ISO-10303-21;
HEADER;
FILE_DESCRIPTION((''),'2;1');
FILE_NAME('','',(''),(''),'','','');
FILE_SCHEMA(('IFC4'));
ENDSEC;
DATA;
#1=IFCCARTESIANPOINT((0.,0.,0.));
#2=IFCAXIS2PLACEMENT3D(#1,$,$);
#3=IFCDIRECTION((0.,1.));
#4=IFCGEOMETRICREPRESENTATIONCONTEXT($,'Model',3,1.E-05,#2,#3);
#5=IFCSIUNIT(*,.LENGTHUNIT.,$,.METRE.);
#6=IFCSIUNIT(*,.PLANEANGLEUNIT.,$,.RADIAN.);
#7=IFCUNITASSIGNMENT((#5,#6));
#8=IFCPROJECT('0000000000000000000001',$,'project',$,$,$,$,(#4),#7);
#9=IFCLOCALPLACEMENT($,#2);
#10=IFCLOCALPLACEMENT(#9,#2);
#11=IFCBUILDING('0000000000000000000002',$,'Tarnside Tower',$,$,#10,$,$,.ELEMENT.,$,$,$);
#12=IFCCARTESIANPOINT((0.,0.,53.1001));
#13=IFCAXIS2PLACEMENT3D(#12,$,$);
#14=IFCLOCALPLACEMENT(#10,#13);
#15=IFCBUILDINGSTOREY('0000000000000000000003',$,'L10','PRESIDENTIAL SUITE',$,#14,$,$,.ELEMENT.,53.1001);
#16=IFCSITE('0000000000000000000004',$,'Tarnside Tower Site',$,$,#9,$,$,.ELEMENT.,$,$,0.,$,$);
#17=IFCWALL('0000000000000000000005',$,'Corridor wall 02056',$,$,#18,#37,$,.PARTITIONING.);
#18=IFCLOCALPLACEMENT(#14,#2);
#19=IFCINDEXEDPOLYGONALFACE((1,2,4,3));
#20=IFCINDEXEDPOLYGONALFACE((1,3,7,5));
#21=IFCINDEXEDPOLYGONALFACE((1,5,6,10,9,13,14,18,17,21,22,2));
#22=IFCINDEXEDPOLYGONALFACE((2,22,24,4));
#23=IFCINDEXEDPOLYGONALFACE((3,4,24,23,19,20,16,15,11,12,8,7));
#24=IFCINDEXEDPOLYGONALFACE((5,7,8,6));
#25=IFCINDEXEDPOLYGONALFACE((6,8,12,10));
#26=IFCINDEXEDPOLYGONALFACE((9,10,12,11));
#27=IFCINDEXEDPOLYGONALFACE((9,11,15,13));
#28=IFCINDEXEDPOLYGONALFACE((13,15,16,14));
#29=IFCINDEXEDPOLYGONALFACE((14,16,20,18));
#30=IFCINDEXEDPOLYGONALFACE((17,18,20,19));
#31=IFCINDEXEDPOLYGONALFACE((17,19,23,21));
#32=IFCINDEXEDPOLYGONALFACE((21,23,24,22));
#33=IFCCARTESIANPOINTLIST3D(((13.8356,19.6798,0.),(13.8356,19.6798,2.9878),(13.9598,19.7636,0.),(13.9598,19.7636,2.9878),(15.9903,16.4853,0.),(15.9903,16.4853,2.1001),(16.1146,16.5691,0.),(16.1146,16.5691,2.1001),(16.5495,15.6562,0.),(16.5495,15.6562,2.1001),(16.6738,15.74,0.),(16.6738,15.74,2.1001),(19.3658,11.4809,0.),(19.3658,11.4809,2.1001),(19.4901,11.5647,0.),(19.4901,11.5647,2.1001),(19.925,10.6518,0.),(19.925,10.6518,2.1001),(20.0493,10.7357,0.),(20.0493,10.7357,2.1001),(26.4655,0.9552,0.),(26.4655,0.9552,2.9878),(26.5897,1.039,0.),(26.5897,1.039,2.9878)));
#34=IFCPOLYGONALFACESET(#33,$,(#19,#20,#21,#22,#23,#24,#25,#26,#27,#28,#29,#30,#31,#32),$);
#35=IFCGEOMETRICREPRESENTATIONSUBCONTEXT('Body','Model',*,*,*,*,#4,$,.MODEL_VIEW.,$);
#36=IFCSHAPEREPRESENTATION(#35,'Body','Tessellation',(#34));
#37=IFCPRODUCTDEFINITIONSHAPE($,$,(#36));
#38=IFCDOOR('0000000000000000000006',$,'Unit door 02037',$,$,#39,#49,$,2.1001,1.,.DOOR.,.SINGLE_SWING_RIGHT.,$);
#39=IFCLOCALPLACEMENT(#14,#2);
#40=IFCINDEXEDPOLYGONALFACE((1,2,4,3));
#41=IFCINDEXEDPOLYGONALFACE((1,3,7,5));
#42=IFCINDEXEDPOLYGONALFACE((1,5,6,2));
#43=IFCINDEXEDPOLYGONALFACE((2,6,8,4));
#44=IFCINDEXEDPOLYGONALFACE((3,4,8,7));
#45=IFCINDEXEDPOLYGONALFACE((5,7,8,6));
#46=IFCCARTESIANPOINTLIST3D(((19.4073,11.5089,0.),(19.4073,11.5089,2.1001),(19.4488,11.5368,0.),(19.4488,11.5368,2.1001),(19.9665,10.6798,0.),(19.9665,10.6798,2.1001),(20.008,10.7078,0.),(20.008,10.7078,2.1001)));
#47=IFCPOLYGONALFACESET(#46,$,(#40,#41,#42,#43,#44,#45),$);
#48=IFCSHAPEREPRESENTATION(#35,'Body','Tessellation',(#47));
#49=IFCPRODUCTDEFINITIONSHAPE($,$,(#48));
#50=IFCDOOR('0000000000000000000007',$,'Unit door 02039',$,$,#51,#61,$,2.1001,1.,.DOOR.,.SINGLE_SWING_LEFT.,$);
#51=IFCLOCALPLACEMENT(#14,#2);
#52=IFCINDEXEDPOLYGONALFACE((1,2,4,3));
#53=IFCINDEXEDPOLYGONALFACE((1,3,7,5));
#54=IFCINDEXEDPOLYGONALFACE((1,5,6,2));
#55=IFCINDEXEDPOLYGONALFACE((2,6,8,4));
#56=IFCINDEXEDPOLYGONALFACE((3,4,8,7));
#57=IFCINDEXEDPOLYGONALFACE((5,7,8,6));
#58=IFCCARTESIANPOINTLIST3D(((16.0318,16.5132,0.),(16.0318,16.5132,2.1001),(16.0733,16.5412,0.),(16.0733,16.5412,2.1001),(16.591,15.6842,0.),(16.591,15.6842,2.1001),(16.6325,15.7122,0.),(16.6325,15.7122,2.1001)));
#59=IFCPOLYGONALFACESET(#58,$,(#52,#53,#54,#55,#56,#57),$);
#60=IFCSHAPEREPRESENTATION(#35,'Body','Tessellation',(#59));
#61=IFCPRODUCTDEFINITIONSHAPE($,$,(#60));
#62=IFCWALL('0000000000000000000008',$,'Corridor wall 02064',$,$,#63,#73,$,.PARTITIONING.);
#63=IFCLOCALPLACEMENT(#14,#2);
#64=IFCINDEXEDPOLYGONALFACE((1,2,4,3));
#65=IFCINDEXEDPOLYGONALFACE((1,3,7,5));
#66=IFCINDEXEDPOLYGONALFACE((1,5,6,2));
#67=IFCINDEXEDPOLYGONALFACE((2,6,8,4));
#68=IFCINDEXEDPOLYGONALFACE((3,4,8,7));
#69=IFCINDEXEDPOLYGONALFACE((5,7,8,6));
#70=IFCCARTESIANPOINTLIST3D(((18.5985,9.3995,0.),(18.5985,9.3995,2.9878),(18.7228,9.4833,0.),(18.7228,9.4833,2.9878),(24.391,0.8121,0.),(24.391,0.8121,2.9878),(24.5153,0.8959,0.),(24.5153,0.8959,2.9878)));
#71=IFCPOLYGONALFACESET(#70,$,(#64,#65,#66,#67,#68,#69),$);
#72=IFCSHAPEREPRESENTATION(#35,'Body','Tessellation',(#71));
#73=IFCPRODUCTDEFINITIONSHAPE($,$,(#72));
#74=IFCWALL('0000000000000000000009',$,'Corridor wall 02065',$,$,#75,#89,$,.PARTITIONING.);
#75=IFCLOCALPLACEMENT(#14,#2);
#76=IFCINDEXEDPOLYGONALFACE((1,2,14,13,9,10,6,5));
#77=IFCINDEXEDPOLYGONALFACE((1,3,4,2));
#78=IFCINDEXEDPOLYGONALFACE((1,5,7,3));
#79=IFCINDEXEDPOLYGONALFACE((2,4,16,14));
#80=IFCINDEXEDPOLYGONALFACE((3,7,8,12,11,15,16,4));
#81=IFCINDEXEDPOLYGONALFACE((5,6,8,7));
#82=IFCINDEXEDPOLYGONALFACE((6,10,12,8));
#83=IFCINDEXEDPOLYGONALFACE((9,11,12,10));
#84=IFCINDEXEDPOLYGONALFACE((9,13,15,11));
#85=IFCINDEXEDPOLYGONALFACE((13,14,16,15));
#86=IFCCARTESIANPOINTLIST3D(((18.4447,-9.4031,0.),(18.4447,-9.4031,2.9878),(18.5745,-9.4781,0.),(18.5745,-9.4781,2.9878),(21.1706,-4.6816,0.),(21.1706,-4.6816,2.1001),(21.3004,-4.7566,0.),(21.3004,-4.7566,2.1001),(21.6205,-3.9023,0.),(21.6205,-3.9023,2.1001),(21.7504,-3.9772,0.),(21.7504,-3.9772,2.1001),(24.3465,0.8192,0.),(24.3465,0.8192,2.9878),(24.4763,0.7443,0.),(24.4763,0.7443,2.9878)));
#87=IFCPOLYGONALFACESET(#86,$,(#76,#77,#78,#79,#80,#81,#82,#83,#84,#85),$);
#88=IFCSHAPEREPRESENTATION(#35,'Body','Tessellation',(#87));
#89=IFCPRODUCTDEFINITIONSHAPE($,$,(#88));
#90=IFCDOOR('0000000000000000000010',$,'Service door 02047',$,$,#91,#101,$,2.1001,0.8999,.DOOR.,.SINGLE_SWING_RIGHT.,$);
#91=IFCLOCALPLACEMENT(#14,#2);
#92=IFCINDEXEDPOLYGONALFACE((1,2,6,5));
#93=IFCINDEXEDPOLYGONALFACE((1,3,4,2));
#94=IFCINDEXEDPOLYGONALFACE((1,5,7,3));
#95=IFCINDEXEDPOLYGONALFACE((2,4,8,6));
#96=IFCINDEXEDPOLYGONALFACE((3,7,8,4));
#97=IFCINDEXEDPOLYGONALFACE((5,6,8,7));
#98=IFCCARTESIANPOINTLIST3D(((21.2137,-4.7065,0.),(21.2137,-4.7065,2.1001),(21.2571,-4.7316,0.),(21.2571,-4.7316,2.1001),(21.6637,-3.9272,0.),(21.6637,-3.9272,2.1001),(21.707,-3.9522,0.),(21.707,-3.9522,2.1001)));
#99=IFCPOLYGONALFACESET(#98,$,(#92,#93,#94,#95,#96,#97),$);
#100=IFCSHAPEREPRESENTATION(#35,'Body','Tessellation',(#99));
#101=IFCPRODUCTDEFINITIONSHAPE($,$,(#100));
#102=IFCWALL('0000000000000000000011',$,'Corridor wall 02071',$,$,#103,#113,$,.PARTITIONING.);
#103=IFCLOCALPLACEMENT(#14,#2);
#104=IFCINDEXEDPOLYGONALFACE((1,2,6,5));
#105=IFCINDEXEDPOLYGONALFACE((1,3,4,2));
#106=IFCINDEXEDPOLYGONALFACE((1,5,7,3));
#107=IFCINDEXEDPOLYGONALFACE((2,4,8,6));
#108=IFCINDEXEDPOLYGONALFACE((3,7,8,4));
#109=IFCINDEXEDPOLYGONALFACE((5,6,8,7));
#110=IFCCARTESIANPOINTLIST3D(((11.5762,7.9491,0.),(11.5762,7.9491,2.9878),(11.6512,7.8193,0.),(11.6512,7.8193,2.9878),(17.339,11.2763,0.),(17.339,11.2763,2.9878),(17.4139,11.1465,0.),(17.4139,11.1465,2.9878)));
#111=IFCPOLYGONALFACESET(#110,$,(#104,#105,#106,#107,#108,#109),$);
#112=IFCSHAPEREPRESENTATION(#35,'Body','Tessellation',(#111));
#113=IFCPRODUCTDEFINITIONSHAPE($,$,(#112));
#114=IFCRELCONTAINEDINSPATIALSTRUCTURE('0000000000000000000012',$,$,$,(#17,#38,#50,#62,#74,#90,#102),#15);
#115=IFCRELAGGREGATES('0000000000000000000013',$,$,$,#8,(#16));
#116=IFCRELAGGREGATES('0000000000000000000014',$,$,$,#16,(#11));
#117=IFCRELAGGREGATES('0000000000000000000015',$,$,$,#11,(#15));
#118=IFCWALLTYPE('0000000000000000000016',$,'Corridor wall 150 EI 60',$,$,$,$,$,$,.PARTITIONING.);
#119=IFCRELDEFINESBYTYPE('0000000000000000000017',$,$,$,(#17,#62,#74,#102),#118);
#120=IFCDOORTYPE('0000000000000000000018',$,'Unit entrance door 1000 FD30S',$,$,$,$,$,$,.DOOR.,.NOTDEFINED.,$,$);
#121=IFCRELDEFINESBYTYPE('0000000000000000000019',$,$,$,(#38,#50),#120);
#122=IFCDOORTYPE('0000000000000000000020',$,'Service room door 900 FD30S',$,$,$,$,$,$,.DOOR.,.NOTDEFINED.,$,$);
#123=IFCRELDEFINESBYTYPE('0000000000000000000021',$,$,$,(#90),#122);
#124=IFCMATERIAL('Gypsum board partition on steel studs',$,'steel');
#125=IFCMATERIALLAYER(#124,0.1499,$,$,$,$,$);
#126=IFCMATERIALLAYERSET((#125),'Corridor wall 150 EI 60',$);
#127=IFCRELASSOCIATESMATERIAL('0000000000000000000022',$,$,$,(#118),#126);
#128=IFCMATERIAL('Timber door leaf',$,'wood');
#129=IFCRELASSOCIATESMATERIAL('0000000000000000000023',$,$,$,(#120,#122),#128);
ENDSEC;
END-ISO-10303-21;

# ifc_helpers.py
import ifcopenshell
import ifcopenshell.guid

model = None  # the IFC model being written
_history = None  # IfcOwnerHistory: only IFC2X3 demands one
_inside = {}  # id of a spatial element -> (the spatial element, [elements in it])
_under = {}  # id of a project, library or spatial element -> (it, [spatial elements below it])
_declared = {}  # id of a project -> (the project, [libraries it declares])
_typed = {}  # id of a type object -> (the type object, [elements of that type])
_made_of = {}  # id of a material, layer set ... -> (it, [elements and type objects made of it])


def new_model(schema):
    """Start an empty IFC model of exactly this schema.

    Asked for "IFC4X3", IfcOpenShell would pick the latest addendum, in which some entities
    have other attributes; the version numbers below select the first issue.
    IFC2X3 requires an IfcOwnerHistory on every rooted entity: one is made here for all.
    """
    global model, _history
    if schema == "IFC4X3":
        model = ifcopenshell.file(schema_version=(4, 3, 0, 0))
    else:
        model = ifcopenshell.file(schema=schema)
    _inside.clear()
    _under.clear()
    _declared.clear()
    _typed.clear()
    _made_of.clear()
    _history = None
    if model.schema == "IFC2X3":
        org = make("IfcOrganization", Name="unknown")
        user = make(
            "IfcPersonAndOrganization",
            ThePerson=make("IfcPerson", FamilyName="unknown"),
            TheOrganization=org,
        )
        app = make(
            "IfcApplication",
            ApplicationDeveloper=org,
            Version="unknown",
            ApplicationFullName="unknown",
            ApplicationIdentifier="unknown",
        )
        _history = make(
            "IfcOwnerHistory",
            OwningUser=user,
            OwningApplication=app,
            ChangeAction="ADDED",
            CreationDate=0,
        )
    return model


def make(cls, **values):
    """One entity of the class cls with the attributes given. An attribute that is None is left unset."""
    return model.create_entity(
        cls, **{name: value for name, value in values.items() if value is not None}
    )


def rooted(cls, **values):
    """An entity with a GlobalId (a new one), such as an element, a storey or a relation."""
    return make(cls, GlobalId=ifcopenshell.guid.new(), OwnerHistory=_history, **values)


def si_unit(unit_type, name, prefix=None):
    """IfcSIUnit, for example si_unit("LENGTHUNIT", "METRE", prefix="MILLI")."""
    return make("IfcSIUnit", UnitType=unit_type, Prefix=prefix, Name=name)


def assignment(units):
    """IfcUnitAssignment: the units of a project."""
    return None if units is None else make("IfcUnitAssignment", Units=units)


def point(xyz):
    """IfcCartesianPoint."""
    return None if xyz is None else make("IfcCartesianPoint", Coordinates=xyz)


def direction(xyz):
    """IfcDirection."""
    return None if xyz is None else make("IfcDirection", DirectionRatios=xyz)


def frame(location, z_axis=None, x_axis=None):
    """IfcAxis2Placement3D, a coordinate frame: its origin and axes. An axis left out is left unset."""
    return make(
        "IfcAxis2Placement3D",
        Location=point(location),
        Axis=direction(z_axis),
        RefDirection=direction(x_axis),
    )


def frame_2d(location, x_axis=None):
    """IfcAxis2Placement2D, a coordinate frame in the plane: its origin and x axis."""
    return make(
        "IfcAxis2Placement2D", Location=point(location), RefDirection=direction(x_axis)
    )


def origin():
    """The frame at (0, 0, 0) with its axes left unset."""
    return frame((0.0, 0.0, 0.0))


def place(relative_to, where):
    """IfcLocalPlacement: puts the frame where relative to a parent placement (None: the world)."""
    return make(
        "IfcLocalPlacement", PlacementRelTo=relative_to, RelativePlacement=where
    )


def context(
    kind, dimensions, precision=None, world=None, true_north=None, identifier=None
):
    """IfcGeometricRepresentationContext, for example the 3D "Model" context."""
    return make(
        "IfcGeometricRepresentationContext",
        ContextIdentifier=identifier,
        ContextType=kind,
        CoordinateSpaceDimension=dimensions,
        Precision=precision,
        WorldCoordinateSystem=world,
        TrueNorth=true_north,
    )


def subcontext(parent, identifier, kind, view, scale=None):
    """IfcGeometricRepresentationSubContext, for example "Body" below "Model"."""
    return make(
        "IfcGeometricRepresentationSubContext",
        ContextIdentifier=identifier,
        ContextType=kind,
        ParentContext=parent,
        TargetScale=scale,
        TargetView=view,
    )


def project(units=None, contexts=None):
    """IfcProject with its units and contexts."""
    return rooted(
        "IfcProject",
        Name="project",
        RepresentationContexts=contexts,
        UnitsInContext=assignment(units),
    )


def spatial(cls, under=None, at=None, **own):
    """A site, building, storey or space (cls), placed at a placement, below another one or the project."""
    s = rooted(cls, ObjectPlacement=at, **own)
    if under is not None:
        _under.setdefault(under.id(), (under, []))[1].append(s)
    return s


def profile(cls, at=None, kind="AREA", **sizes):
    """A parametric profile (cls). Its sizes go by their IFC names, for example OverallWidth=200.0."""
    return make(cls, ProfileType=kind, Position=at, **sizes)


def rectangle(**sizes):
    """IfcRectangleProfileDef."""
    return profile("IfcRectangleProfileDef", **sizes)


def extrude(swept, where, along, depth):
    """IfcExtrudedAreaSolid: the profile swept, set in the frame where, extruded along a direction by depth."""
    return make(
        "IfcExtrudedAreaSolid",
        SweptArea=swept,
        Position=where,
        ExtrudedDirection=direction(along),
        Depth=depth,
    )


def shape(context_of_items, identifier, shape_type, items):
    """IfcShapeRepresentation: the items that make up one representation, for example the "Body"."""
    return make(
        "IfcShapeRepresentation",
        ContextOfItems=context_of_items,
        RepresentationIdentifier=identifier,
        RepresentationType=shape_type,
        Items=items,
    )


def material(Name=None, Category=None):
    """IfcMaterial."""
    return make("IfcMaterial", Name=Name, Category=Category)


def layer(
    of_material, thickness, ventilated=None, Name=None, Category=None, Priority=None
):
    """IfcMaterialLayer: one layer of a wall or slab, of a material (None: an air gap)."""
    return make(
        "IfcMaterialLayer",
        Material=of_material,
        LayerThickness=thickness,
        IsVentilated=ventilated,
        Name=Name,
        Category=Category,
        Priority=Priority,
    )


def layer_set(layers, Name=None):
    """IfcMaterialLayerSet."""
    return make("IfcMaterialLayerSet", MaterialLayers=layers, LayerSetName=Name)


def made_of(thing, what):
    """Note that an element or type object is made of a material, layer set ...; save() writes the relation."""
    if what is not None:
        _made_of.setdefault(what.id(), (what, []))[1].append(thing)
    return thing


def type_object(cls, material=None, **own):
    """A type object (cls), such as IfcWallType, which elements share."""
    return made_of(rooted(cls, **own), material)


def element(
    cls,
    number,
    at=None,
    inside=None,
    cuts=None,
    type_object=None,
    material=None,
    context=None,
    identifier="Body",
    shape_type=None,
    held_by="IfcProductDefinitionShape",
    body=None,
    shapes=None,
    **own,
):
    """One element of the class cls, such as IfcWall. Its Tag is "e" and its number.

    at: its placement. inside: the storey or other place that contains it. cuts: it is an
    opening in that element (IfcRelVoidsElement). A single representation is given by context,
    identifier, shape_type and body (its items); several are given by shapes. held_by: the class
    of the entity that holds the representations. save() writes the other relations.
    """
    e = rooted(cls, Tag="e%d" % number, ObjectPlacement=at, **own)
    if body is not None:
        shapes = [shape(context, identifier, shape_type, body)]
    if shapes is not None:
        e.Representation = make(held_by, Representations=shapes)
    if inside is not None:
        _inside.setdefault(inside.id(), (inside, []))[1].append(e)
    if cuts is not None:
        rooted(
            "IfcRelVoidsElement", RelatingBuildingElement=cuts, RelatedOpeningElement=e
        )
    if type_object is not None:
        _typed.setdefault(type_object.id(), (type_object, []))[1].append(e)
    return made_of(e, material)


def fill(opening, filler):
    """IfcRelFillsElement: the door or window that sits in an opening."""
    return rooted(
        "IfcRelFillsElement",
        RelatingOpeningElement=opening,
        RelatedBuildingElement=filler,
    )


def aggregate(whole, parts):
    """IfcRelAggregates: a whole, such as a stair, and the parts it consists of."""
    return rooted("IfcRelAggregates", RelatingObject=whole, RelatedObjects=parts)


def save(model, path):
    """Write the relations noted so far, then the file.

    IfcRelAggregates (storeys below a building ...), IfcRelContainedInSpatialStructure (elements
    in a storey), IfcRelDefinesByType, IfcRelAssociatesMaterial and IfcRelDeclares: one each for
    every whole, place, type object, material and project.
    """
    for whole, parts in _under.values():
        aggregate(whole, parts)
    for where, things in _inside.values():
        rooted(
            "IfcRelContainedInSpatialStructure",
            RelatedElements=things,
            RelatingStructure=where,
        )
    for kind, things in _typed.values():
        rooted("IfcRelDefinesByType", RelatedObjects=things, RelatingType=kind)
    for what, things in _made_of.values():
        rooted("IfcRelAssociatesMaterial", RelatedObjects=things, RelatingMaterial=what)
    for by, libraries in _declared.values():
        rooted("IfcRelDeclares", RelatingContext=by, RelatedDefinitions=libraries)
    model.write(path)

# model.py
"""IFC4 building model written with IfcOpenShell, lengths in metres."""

from ifc_helpers import new_model, si_unit, direction, frame, frame_2d, origin, place, context, subcontext, project, spatial, rectangle, extrude, material, layer, layer_set, type_object, element, fill, save


model = new_model("IFC4")

# Units and contexts
model_context = context("Model", 3, precision=1e-05, world=origin(), true_north=direction((0.0, 1.0)))
body_context = subcontext(model_context, "Body", "Model", "MODEL_VIEW")
ifc_project = project(units=[si_unit("LENGTHUNIT", "METRE"), si_unit("PLANEANGLEUNIT", "RADIAN")], contexts=[model_context])

# Site, building, storey
site_placement = place(None, origin())
site = spatial("IfcSite", under=ifc_project, at=site_placement, Name="Tarnside Tower Site", CompositionType="ELEMENT", RefElevation=0.0)
building_placement = place(site_placement, origin())
building = spatial("IfcBuilding", under=site, at=building_placement, Name="Tarnside Tower", CompositionType="ELEMENT")
storey_placement = place(building_placement, frame((0.0, 0.0, 53.1001)))
storey = spatial("IfcBuildingStorey", under=building, at=storey_placement, Name="L10", Description="PRESIDENTIAL SUITE", CompositionType="ELEMENT", Elevation=53.1001)

# Shared definitions
ifc_material_1 = material(Name="Gypsum board partition on steel studs", Category="steel")
ifc_material_2 = material(Name="Timber door leaf", Category="wood")

# Wall, openings, doors
ifc_layer_1 = layer(ifc_material_1, 0.1499)
ifc_layer_set_1 = layer_set([ifc_layer_1], Name="Corridor wall 150 EI 60")
wall_type_1 = type_object("IfcWallType", Name="Corridor wall 150 EI 60", PredefinedType="PARTITIONING", material=ifc_layer_set_1)
wall_1_placement = place(storey_placement, frame((26.5276, 0.9971, 0.0), z_axis=(0.0, 0.0, 1.0), x_axis=(-0.559192, 0.829038, 0.0)))
wall_1 = element("IfcWall", 1, at=wall_1_placement, inside=storey, type_object=wall_type_1, Name="Corridor wall 02056", PredefinedType="PARTITIONING", context=body_context, shape_type="SweptSolid", body=[
    extrude(rectangle(XDim=22.5859, YDim=0.1499, at=frame_2d((11.293, 0.0))), origin(), (0.0, 0.0, 1.0), 2.9878),
])
opening_1_placement = place(wall_1_placement, frame((11.6963, 0.0, 0.0)))
opening_1 = element("IfcOpeningElement", 2, at=opening_1_placement, cuts=wall_1, PredefinedType="OPENING", context=body_context, shape_type="SweptSolid", body=[
    extrude(rectangle(XDim=1.0, YDim=2.1001, at=frame_2d((0.5, 1.05))), frame((0.0, 0.085, 0.0), z_axis=(0.0, -1.0, 0.0), x_axis=(1.0, 0.0, 0.0)), (0.0, 0.0, 1.0), 0.1699),
])
opening_2_placement = place(wall_1_placement, frame((17.7327, 0.0, 0.0)))
opening_2 = element("IfcOpeningElement", 3, at=opening_2_placement, cuts=wall_1, PredefinedType="OPENING", context=body_context, shape_type="SweptSolid", body=[
    extrude(rectangle(XDim=1.0, YDim=2.1001, at=frame_2d((0.5, 1.05))), frame((0.0, 0.085, 0.0), z_axis=(0.0, -1.0, 0.0), x_axis=(1.0, 0.0, 0.0)), (0.0, 0.0, 1.0), 0.1699),
])
door_type_1 = type_object("IfcDoorType", Name="Unit entrance door 1000 FD30S", OperationType="NOTDEFINED", PredefinedType="DOOR", material=ifc_material_2)
door_1_placement = place(opening_1_placement, origin())
door_1 = element("IfcDoor", 4, at=door_1_placement, inside=storey, type_object=door_type_1, Name="Unit door 02037", OperationType="SINGLE_SWING_RIGHT", OverallHeight=2.1001, OverallWidth=1.0, PredefinedType="DOOR", context=body_context, shape_type="SweptSolid", body=[
    extrude(rectangle(XDim=1.0, YDim=2.1001, at=frame_2d((0.5, 1.05))), frame((0.0, 0.0249, 0.0), z_axis=(0.0, -1.0, 0.0), x_axis=(1.0, 0.0, 0.0)), (0.0, 0.0, 1.0), 0.05),
])
fill(opening_1, door_1)
door_2_placement = place(opening_2_placement, origin())
door_2 = element("IfcDoor", 5, at=door_2_placement, inside=storey, type_object=door_type_1, Name="Unit door 02039", OperationType="SINGLE_SWING_LEFT", OverallHeight=2.1001, OverallWidth=1.0, PredefinedType="DOOR", context=body_context, shape_type="SweptSolid", body=[
    extrude(rectangle(XDim=1.0, YDim=2.1001, at=frame_2d((0.5, 1.05))), frame((0.0, 0.0249, 0.0), z_axis=(0.0, -1.0, 0.0), x_axis=(1.0, 0.0, 0.0)), (0.0, 0.0, 1.0), 0.05),
])
fill(opening_2, door_2)

# Wall
wall_2_placement = place(storey_placement, frame((18.6606, 9.4414, 0.0), z_axis=(0.0, 0.0, 1.0), x_axis=(0.559206, -0.829028, 0.0)))
element("IfcWall", 6, at=wall_2_placement, inside=storey, type_object=wall_type_1, Name="Corridor wall 02064", PredefinedType="PARTITIONING", context=body_context, shape_type="SweptSolid", body=[
    extrude(rectangle(XDim=10.3584, YDim=0.1499, at=frame_2d((5.1792, 0.0))), origin(), (0.0, 0.0, 1.0), 2.9878),
])

# Wall, opening, door
wall_3_placement = place(storey_placement, frame((24.4114, 0.7817, 0.0), z_axis=(0.0, 0.0, 1.0), x_axis=(-0.499996, -0.866027, 0.0)))
wall_3 = element("IfcWall", 7, at=wall_3_placement, inside=storey, type_object=wall_type_1, Name="Corridor wall 02065", PredefinedType="PARTITIONING", context=body_context, shape_type="SweptSolid", body=[
    extrude(rectangle(XDim=11.8037, YDim=0.1499, at=frame_2d((5.9019, 0.0))), origin(), (0.0, 0.0, 1.0), 2.9878),
])
opening_3_placement = place(wall_3_placement, frame((5.4519, 0.0, 0.0)))
opening_3 = element("IfcOpeningElement", 8, at=opening_3_placement, cuts=wall_3, PredefinedType="OPENING", context=body_context, shape_type="SweptSolid", body=[
    extrude(rectangle(XDim=0.8999, YDim=2.1001, at=frame_2d((0.45, 1.05))), frame((0.0, 0.085, 0.0), z_axis=(0.0, -1.0, 0.0), x_axis=(1.0, 0.0, 0.0)), (0.0, 0.0, 1.0), 0.1699),
])
door_type_2 = type_object("IfcDoorType", Name="Service room door 900 FD30S", OperationType="NOTDEFINED", PredefinedType="DOOR", material=ifc_material_2)
door_3_placement = place(opening_3_placement, origin())
door_3 = element("IfcDoor", 9, at=door_3_placement, inside=storey, type_object=door_type_2, Name="Service door 02047", OperationType="SINGLE_SWING_RIGHT", OverallHeight=2.1001, OverallWidth=0.8999, PredefinedType="DOOR", context=body_context, shape_type="SweptSolid", body=[
    extrude(rectangle(XDim=0.8999, YDim=2.1001, at=frame_2d((0.45, 1.05))), frame((0.0, 0.0249, 0.0), z_axis=(0.0, -1.0, 0.0), x_axis=(1.0, 0.0, 0.0)), (0.0, 0.0, 1.0), 0.05),
])
fill(opening_3, door_3)

# Wall
wall_4_placement = place(storey_placement, frame((17.3765, 11.2114, 0.0), z_axis=(0.0, 0.0, 1.0), x_axis=(-0.866022, -0.500006, 0.0)))
element("IfcWall", 10, at=wall_4_placement, inside=storey, type_object=wall_type_1, Name="Corridor wall 02071", PredefinedType="PARTITIONING", context=body_context, shape_type="SweptSolid", body=[
    extrude(rectangle(XDim=6.6543, YDim=0.1499, at=frame_2d((3.3271, 0.0))), origin(), (0.0, 0.0, 1.0), 2.9878),
])

save(model, "model.ifc")
